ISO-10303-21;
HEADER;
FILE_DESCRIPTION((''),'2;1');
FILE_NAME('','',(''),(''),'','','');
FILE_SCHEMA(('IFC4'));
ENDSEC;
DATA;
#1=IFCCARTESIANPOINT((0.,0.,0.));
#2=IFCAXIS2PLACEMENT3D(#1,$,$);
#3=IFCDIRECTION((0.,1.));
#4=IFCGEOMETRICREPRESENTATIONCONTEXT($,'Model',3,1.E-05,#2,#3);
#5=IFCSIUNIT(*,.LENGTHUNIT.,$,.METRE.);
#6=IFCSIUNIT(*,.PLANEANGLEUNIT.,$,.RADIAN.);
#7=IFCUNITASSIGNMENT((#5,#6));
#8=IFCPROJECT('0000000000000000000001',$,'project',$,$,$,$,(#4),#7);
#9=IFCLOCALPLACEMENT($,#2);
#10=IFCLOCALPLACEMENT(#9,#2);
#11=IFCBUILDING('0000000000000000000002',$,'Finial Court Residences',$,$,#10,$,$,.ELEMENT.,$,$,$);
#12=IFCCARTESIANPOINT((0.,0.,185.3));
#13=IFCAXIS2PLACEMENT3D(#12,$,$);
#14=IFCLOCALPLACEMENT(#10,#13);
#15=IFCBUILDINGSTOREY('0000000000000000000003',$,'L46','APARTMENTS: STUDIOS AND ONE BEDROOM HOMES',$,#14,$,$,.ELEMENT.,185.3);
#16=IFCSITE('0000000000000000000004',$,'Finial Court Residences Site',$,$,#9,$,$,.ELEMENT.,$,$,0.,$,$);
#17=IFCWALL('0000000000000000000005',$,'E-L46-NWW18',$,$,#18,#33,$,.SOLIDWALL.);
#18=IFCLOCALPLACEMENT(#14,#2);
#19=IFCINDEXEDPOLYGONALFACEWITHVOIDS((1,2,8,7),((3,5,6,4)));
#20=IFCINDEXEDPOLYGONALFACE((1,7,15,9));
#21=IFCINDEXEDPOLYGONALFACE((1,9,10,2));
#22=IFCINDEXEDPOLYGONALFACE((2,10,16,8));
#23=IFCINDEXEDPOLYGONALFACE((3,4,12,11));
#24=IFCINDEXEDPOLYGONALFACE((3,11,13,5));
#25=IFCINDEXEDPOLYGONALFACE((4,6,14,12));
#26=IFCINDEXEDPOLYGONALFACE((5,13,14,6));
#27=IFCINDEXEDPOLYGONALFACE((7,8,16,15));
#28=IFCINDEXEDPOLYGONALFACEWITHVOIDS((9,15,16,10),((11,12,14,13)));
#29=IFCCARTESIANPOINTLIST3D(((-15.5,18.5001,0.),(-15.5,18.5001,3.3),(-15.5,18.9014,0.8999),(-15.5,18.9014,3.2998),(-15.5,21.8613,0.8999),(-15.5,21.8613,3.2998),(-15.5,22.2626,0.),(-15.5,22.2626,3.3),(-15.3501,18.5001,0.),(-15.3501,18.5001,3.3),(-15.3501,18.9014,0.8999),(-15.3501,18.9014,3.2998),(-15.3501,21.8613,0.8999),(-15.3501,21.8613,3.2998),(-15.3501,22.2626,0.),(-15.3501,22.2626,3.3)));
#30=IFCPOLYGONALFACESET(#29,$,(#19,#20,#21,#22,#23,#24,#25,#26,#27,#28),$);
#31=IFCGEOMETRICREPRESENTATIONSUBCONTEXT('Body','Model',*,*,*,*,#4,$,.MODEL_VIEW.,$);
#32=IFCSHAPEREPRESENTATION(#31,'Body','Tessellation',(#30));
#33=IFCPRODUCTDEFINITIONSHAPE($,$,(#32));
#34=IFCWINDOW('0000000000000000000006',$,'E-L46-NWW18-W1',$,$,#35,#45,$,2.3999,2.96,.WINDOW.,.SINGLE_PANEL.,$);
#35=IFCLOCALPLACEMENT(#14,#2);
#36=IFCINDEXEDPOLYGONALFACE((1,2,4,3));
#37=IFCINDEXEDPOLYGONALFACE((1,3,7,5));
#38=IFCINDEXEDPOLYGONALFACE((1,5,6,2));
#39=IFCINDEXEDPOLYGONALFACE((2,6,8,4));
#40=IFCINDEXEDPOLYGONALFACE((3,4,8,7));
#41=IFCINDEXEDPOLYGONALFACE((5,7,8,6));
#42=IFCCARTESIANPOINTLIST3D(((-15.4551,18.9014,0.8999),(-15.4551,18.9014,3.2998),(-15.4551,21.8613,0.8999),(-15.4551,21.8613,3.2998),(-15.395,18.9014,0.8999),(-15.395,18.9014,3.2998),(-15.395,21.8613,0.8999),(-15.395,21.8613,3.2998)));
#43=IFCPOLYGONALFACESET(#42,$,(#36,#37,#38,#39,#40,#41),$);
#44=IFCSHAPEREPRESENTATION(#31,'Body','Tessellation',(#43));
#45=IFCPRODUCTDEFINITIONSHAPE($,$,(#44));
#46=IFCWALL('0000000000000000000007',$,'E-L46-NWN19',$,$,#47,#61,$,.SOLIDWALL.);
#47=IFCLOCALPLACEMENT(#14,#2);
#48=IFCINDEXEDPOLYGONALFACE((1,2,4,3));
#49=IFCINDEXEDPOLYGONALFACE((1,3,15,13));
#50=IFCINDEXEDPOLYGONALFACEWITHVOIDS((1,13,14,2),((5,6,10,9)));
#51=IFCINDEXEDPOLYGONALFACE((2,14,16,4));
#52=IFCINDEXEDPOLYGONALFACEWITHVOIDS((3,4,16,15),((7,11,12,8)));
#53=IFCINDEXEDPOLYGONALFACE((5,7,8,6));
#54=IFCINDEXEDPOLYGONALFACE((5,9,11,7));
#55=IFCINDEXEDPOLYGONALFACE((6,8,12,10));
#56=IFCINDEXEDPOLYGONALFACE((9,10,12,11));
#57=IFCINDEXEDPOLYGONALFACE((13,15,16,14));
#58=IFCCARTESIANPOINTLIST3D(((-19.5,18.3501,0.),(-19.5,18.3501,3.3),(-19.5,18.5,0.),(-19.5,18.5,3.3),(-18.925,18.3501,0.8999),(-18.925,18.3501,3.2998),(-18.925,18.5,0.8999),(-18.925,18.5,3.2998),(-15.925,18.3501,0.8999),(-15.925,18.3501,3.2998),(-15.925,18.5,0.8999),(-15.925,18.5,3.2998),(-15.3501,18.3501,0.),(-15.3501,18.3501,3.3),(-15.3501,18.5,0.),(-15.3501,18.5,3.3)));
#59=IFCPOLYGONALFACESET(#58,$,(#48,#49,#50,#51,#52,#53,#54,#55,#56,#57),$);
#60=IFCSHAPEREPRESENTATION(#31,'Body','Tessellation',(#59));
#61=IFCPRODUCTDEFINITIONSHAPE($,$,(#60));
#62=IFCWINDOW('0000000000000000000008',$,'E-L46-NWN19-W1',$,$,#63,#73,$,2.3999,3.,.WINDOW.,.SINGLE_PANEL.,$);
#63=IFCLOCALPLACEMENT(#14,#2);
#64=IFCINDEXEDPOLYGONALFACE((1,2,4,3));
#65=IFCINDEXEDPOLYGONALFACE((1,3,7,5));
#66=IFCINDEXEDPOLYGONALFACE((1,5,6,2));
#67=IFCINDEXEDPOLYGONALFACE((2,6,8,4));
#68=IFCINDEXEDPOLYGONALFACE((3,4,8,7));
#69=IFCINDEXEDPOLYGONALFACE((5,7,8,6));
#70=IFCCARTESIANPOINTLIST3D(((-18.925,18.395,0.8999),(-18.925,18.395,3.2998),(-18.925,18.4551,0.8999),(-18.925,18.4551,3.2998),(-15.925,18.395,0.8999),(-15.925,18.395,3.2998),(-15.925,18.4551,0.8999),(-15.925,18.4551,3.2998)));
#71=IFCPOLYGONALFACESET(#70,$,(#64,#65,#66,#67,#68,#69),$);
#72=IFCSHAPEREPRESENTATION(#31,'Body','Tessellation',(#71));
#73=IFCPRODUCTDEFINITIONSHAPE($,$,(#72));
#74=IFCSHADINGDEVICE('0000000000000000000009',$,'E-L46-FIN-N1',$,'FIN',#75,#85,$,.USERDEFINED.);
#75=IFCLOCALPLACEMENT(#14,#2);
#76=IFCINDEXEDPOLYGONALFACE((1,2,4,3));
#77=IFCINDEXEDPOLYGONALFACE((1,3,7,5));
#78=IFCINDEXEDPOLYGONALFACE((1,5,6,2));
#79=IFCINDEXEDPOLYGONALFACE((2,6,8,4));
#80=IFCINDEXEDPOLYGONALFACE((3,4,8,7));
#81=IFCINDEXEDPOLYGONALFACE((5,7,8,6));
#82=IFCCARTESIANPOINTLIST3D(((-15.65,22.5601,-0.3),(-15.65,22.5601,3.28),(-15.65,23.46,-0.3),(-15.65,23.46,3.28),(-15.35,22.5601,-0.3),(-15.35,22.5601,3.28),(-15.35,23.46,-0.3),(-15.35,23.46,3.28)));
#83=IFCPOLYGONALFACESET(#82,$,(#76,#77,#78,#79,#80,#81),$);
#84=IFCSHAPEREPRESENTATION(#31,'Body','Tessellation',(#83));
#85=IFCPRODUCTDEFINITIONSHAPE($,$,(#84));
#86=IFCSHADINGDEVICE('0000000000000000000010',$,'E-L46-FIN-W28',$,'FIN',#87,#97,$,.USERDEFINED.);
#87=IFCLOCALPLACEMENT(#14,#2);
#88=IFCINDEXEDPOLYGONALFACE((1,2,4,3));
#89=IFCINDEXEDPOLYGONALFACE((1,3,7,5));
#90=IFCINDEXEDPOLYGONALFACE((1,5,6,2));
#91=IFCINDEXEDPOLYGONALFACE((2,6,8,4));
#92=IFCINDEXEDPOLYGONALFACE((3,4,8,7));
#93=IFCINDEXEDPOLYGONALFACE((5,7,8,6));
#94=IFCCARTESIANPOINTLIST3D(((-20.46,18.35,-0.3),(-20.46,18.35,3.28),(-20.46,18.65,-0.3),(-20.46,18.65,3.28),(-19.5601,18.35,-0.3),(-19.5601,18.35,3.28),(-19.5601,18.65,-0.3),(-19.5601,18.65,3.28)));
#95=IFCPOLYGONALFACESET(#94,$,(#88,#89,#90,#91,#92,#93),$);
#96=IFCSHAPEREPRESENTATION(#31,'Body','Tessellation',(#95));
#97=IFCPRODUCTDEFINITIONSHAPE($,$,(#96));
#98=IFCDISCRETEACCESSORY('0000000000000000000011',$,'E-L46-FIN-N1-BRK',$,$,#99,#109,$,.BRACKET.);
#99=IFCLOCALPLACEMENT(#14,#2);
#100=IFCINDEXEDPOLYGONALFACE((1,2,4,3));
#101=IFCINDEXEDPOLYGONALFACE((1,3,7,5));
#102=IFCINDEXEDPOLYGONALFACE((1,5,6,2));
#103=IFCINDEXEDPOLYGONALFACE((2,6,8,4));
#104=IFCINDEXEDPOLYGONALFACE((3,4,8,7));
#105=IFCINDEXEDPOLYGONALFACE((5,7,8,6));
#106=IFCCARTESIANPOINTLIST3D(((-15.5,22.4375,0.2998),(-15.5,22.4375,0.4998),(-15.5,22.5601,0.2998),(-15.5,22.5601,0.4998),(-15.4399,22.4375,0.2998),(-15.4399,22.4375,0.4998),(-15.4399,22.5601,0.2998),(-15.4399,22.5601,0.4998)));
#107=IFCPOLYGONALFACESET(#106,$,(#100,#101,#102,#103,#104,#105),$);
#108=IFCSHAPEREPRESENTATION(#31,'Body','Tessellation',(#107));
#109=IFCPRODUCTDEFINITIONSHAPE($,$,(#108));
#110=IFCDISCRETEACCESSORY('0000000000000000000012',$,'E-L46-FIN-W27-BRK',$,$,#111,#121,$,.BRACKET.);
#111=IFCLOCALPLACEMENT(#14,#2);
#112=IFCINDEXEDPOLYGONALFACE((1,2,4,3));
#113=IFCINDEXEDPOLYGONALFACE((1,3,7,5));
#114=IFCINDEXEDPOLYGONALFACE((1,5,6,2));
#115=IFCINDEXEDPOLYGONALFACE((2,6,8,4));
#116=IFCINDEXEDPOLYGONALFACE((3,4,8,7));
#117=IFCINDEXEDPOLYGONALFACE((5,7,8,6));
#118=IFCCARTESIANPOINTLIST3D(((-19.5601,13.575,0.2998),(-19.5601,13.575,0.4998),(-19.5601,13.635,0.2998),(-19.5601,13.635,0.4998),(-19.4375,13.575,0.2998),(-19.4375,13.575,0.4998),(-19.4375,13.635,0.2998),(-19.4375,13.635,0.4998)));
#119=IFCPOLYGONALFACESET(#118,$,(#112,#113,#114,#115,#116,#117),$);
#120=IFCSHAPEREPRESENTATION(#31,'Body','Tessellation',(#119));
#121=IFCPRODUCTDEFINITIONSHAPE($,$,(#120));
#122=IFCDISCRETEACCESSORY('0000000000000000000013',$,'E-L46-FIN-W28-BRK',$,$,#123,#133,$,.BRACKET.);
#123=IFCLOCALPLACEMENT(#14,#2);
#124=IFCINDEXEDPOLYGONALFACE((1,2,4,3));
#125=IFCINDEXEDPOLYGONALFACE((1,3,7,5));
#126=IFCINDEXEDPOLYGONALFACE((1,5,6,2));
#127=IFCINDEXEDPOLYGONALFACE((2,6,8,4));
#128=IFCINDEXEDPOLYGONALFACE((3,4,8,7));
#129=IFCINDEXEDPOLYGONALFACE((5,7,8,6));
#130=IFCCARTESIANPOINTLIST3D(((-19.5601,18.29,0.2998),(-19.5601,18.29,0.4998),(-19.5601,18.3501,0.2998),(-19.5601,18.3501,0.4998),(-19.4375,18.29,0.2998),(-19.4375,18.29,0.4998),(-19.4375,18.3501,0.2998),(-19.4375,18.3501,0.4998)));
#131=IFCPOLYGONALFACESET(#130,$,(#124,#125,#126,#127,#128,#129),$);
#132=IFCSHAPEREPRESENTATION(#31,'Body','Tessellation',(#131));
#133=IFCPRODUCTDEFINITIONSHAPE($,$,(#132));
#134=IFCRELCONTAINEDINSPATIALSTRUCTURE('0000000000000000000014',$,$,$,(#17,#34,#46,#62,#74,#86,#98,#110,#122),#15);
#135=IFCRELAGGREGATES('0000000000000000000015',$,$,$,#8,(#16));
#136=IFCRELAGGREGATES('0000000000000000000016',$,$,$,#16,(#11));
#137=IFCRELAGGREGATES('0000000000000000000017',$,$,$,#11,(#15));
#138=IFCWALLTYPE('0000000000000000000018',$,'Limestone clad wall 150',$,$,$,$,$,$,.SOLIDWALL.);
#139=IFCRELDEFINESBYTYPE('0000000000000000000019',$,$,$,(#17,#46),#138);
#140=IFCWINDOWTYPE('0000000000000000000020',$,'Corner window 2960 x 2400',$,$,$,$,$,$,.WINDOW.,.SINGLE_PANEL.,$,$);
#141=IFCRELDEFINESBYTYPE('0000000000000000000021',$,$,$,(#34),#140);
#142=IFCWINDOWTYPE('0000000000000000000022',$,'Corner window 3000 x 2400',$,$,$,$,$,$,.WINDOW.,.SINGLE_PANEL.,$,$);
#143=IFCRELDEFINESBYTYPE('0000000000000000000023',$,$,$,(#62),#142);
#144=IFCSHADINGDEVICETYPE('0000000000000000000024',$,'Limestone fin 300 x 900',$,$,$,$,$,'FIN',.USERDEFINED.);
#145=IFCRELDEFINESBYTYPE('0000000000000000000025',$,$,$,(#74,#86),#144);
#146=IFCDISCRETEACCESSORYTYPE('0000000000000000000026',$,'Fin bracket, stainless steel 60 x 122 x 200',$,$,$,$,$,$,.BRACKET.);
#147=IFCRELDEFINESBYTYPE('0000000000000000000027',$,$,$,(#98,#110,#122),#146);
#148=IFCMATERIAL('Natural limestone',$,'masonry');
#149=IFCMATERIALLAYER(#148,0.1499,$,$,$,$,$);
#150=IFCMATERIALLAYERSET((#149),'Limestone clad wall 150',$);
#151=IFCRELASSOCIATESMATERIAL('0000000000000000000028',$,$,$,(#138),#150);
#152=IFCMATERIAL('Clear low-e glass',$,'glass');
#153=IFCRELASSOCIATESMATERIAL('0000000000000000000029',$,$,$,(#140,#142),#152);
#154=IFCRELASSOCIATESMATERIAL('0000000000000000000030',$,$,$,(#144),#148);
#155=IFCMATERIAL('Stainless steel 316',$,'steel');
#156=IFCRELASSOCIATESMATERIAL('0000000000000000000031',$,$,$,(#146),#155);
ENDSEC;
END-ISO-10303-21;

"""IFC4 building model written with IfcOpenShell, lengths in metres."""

from ifc_helpers import new_model, si_unit, direction, frame, frame_2d, origin, origin_2d, place, context, subcontext, project, spatial, rectangle, extrude, material, layer, layer_set, type_object, element, fill, save


model = new_model("IFC4")

# Units and contexts
model_context = context("Model", 3, precision=1e-05, world=origin(), true_north=direction((0.0, 1.0)))
body_context = subcontext(model_context, "Body", "Model", "MODEL_VIEW")
ifc_project = project(units=[si_unit("LENGTHUNIT", "METRE"), si_unit("PLANEANGLEUNIT", "RADIAN")], contexts=[model_context])

# Site, building, storey
site_placement = place(None, origin())
site = spatial("IfcSite", under=ifc_project, at=site_placement, Name="Finial Court Residences Site", CompositionType="ELEMENT", RefElevation=0.0)
building_placement = place(site_placement, origin())
building = spatial("IfcBuilding", under=site, at=building_placement, Name="Finial Court Residences", CompositionType="ELEMENT")
storey_placement = place(building_placement, frame((0.0, 0.0, 185.3)))
storey = spatial("IfcBuildingStorey", under=building, at=storey_placement, Name="L46", Description="APARTMENTS: STUDIOS AND ONE BEDROOM HOMES", CompositionType="ELEMENT", Elevation=185.3)

# Shared definitions
ifc_material_1 = material(Name="Clear low-e glass", Category="glass")

# Walls, openings, windows
ifc_material_2 = material(Name="Natural limestone", Category="masonry")
ifc_layer_1 = layer(ifc_material_2, 0.1499)
ifc_layer_set_1 = layer_set([ifc_layer_1], Name="Limestone clad wall 150")
wall_type_1 = type_object("IfcWallType", Name="Limestone clad wall 150", PredefinedType="SOLIDWALL", material=ifc_layer_set_1)
wall_1_placement = place(storey_placement, frame((-15.425, 18.5, 0.0), z_axis=(0.0, 0.0, 1.0), x_axis=(0.0, 1.0, 0.0)))
wall_1 = element("IfcWall", 1, at=wall_1_placement, inside=storey, type_object=wall_type_1, Name="E-L46-NWW18", PredefinedType="SOLIDWALL", context=body_context, shape_type="SweptSolid", body=[
    extrude(rectangle(XDim=3.7625, YDim=0.1499, at=frame_2d((1.8813, 0.0))), origin(), (0.0, 0.0, 1.0), 3.3),
])
opening_1_placement = place(wall_1_placement, frame((0.4014, 0.0, 0.8999)))
opening_1 = element("IfcOpeningElement", 2, at=opening_1_placement, cuts=wall_1, PredefinedType="OPENING", context=body_context, shape_type="SweptSolid", body=[
    extrude(rectangle(XDim=2.96, YDim=2.3999, at=frame_2d((1.48, 1.2))), frame((0.0, 0.085, 0.0), z_axis=(0.0, -1.0, 0.0), x_axis=(1.0, 0.0, 0.0)), (0.0, 0.0, 1.0), 0.1699),
])
window_type_1 = type_object("IfcWindowType", Name="Corner window 2960 x 2400", PartitioningType="SINGLE_PANEL", PredefinedType="WINDOW", material=ifc_material_1)
window_1_placement = place(opening_1_placement, origin())
window_1 = element("IfcWindow", 3, at=window_1_placement, inside=storey, type_object=window_type_1, Name="E-L46-NWW18-W1", OverallHeight=2.3999, OverallWidth=2.96, PartitioningType="SINGLE_PANEL", PredefinedType="WINDOW", context=body_context, shape_type="SweptSolid", body=[
    extrude(rectangle(XDim=2.96, YDim=2.3999, at=frame_2d((1.48, 1.2))), frame((0.0, 0.03, 0.0), z_axis=(0.0, -1.0, 0.0), x_axis=(1.0, 0.0, 0.0)), (0.0, 0.0, 1.0), 0.0601),
])
fill(opening_1, window_1)
wall_2_placement = place(storey_placement, frame((-19.5, 18.425, 0.0), z_axis=(0.0, 0.0, 1.0), x_axis=(1.0, 0.0, 0.0)))
wall_2 = element("IfcWall", 4, at=wall_2_placement, inside=storey, type_object=wall_type_1, Name="E-L46-NWN19", PredefinedType="SOLIDWALL", context=body_context, shape_type="SweptSolid", body=[
    extrude(rectangle(XDim=4.1499, YDim=0.1499, at=frame_2d((2.075, 0.0))), origin(), (0.0, 0.0, 1.0), 3.3),
])
opening_2_placement = place(wall_2_placement, frame((0.575, 0.0, 0.8999)))
opening_2 = element("IfcOpeningElement", 5, at=opening_2_placement, cuts=wall_2, PredefinedType="OPENING", context=body_context, shape_type="SweptSolid", body=[
    extrude(rectangle(XDim=3.0, YDim=2.3999, at=frame_2d((1.5, 1.2))), frame((0.0, 0.085, 0.0), z_axis=(0.0, -1.0, 0.0), x_axis=(1.0, 0.0, 0.0)), (0.0, 0.0, 1.0), 0.1699),
])
window_type_2 = type_object("IfcWindowType", Name="Corner window 3000 x 2400", PartitioningType="SINGLE_PANEL", PredefinedType="WINDOW", material=ifc_material_1)
window_2_placement = place(opening_2_placement, origin())
window_2 = element("IfcWindow", 6, at=window_2_placement, inside=storey, type_object=window_type_2, Name="E-L46-NWN19-W1", OverallHeight=2.3999, OverallWidth=3.0, PartitioningType="SINGLE_PANEL", PredefinedType="WINDOW", context=body_context, shape_type="SweptSolid", body=[
    extrude(rectangle(XDim=3.0, YDim=2.3999, at=frame_2d((1.5, 1.2))), frame((0.0, 0.03, 0.0), z_axis=(0.0, -1.0, 0.0), x_axis=(1.0, 0.0, 0.0)), (0.0, 0.0, 1.0), 0.0601),
])
fill(opening_2, window_2)

# Shading devices
shading_device_type = type_object("IfcShadingDeviceType", Name="Limestone fin 300 x 900", ElementType="FIN", PredefinedType="USERDEFINED", material=ifc_material_2)
shading_device_1_placement = place(storey_placement, frame((-15.5, 23.01, -0.3), z_axis=(0.0, 0.0, 1.0), x_axis=(1.0, 0.0, 0.0)))
element("IfcShadingDevice", 7, at=shading_device_1_placement, inside=storey, type_object=shading_device_type, Name="E-L46-FIN-N1", ObjectType="FIN", PredefinedType="USERDEFINED", context=body_context, shape_type="SweptSolid", body=[
    extrude(rectangle(XDim=0.3, YDim=0.8999, at=origin_2d()), origin(), (0.0, 0.0, 1.0), 3.5801),
])
shading_device_2_placement = place(storey_placement, frame((-20.01, 18.5, -0.3), z_axis=(0.0, 0.0, 1.0), x_axis=(1.0, 0.0, 0.0)))
element("IfcShadingDevice", 8, at=shading_device_2_placement, inside=storey, type_object=shading_device_type, Name="E-L46-FIN-W28", ObjectType="FIN", PredefinedType="USERDEFINED", context=body_context, shape_type="SweptSolid", body=[
    extrude(rectangle(XDim=0.8999, YDim=0.3, at=origin_2d()), origin(), (0.0, 0.0, 1.0), 3.5801),
])

# Discrete accessories
ifc_material_3 = material(Name="Stainless steel 316", Category="steel")
discrete_accessory_type = type_object("IfcDiscreteAccessoryType", Name="Fin bracket, stainless steel 60 x 122 x 200", PredefinedType="BRACKET", material=ifc_material_3)
discrete_accessory_placement = place(storey_placement, frame((-15.47, 22.4988, 0.2998), z_axis=(0.0, 0.0, 1.0), x_axis=(1.0, 0.0, 0.0)))
element("IfcDiscreteAccessory", 9, at=discrete_accessory_placement, inside=storey, type_object=discrete_accessory_type, Name="E-L46-FIN-N1-BRK", PredefinedType="BRACKET", context=body_context, shape_type="SweptSolid", body=[
    extrude(rectangle(XDim=0.0601, YDim=0.1226, at=origin_2d()), origin(), (0.0, 0.0, 1.0), 0.2),
])
for number, where, z_axis, x_axis, name in (
    (10, (-19.4988, 13.605, 0.2998), (0.0, 0.0, 1.0), (1.0, 0.0, 0.0), "E-L46-FIN-W27-BRK"),
    (11, (-19.4988, 18.3201, 0.2998), (0.0, 0.0, 1.0), (1.0, 0.0, 0.0), "E-L46-FIN-W28-BRK"),
):
    element("IfcDiscreteAccessory", number, at=place(storey_placement, frame(where, z_axis=z_axis, x_axis=x_axis)), inside=storey, type_object=discrete_accessory_type, Name=name, PredefinedType="BRACKET", context=body_context, shape_type="SweptSolid", body=[
        extrude(rectangle(XDim=0.1226, YDim=0.0601, at=origin_2d()), origin(), (0.0, 0.0, 1.0), 0.2),
    ])

save(model, "model.ifc")
